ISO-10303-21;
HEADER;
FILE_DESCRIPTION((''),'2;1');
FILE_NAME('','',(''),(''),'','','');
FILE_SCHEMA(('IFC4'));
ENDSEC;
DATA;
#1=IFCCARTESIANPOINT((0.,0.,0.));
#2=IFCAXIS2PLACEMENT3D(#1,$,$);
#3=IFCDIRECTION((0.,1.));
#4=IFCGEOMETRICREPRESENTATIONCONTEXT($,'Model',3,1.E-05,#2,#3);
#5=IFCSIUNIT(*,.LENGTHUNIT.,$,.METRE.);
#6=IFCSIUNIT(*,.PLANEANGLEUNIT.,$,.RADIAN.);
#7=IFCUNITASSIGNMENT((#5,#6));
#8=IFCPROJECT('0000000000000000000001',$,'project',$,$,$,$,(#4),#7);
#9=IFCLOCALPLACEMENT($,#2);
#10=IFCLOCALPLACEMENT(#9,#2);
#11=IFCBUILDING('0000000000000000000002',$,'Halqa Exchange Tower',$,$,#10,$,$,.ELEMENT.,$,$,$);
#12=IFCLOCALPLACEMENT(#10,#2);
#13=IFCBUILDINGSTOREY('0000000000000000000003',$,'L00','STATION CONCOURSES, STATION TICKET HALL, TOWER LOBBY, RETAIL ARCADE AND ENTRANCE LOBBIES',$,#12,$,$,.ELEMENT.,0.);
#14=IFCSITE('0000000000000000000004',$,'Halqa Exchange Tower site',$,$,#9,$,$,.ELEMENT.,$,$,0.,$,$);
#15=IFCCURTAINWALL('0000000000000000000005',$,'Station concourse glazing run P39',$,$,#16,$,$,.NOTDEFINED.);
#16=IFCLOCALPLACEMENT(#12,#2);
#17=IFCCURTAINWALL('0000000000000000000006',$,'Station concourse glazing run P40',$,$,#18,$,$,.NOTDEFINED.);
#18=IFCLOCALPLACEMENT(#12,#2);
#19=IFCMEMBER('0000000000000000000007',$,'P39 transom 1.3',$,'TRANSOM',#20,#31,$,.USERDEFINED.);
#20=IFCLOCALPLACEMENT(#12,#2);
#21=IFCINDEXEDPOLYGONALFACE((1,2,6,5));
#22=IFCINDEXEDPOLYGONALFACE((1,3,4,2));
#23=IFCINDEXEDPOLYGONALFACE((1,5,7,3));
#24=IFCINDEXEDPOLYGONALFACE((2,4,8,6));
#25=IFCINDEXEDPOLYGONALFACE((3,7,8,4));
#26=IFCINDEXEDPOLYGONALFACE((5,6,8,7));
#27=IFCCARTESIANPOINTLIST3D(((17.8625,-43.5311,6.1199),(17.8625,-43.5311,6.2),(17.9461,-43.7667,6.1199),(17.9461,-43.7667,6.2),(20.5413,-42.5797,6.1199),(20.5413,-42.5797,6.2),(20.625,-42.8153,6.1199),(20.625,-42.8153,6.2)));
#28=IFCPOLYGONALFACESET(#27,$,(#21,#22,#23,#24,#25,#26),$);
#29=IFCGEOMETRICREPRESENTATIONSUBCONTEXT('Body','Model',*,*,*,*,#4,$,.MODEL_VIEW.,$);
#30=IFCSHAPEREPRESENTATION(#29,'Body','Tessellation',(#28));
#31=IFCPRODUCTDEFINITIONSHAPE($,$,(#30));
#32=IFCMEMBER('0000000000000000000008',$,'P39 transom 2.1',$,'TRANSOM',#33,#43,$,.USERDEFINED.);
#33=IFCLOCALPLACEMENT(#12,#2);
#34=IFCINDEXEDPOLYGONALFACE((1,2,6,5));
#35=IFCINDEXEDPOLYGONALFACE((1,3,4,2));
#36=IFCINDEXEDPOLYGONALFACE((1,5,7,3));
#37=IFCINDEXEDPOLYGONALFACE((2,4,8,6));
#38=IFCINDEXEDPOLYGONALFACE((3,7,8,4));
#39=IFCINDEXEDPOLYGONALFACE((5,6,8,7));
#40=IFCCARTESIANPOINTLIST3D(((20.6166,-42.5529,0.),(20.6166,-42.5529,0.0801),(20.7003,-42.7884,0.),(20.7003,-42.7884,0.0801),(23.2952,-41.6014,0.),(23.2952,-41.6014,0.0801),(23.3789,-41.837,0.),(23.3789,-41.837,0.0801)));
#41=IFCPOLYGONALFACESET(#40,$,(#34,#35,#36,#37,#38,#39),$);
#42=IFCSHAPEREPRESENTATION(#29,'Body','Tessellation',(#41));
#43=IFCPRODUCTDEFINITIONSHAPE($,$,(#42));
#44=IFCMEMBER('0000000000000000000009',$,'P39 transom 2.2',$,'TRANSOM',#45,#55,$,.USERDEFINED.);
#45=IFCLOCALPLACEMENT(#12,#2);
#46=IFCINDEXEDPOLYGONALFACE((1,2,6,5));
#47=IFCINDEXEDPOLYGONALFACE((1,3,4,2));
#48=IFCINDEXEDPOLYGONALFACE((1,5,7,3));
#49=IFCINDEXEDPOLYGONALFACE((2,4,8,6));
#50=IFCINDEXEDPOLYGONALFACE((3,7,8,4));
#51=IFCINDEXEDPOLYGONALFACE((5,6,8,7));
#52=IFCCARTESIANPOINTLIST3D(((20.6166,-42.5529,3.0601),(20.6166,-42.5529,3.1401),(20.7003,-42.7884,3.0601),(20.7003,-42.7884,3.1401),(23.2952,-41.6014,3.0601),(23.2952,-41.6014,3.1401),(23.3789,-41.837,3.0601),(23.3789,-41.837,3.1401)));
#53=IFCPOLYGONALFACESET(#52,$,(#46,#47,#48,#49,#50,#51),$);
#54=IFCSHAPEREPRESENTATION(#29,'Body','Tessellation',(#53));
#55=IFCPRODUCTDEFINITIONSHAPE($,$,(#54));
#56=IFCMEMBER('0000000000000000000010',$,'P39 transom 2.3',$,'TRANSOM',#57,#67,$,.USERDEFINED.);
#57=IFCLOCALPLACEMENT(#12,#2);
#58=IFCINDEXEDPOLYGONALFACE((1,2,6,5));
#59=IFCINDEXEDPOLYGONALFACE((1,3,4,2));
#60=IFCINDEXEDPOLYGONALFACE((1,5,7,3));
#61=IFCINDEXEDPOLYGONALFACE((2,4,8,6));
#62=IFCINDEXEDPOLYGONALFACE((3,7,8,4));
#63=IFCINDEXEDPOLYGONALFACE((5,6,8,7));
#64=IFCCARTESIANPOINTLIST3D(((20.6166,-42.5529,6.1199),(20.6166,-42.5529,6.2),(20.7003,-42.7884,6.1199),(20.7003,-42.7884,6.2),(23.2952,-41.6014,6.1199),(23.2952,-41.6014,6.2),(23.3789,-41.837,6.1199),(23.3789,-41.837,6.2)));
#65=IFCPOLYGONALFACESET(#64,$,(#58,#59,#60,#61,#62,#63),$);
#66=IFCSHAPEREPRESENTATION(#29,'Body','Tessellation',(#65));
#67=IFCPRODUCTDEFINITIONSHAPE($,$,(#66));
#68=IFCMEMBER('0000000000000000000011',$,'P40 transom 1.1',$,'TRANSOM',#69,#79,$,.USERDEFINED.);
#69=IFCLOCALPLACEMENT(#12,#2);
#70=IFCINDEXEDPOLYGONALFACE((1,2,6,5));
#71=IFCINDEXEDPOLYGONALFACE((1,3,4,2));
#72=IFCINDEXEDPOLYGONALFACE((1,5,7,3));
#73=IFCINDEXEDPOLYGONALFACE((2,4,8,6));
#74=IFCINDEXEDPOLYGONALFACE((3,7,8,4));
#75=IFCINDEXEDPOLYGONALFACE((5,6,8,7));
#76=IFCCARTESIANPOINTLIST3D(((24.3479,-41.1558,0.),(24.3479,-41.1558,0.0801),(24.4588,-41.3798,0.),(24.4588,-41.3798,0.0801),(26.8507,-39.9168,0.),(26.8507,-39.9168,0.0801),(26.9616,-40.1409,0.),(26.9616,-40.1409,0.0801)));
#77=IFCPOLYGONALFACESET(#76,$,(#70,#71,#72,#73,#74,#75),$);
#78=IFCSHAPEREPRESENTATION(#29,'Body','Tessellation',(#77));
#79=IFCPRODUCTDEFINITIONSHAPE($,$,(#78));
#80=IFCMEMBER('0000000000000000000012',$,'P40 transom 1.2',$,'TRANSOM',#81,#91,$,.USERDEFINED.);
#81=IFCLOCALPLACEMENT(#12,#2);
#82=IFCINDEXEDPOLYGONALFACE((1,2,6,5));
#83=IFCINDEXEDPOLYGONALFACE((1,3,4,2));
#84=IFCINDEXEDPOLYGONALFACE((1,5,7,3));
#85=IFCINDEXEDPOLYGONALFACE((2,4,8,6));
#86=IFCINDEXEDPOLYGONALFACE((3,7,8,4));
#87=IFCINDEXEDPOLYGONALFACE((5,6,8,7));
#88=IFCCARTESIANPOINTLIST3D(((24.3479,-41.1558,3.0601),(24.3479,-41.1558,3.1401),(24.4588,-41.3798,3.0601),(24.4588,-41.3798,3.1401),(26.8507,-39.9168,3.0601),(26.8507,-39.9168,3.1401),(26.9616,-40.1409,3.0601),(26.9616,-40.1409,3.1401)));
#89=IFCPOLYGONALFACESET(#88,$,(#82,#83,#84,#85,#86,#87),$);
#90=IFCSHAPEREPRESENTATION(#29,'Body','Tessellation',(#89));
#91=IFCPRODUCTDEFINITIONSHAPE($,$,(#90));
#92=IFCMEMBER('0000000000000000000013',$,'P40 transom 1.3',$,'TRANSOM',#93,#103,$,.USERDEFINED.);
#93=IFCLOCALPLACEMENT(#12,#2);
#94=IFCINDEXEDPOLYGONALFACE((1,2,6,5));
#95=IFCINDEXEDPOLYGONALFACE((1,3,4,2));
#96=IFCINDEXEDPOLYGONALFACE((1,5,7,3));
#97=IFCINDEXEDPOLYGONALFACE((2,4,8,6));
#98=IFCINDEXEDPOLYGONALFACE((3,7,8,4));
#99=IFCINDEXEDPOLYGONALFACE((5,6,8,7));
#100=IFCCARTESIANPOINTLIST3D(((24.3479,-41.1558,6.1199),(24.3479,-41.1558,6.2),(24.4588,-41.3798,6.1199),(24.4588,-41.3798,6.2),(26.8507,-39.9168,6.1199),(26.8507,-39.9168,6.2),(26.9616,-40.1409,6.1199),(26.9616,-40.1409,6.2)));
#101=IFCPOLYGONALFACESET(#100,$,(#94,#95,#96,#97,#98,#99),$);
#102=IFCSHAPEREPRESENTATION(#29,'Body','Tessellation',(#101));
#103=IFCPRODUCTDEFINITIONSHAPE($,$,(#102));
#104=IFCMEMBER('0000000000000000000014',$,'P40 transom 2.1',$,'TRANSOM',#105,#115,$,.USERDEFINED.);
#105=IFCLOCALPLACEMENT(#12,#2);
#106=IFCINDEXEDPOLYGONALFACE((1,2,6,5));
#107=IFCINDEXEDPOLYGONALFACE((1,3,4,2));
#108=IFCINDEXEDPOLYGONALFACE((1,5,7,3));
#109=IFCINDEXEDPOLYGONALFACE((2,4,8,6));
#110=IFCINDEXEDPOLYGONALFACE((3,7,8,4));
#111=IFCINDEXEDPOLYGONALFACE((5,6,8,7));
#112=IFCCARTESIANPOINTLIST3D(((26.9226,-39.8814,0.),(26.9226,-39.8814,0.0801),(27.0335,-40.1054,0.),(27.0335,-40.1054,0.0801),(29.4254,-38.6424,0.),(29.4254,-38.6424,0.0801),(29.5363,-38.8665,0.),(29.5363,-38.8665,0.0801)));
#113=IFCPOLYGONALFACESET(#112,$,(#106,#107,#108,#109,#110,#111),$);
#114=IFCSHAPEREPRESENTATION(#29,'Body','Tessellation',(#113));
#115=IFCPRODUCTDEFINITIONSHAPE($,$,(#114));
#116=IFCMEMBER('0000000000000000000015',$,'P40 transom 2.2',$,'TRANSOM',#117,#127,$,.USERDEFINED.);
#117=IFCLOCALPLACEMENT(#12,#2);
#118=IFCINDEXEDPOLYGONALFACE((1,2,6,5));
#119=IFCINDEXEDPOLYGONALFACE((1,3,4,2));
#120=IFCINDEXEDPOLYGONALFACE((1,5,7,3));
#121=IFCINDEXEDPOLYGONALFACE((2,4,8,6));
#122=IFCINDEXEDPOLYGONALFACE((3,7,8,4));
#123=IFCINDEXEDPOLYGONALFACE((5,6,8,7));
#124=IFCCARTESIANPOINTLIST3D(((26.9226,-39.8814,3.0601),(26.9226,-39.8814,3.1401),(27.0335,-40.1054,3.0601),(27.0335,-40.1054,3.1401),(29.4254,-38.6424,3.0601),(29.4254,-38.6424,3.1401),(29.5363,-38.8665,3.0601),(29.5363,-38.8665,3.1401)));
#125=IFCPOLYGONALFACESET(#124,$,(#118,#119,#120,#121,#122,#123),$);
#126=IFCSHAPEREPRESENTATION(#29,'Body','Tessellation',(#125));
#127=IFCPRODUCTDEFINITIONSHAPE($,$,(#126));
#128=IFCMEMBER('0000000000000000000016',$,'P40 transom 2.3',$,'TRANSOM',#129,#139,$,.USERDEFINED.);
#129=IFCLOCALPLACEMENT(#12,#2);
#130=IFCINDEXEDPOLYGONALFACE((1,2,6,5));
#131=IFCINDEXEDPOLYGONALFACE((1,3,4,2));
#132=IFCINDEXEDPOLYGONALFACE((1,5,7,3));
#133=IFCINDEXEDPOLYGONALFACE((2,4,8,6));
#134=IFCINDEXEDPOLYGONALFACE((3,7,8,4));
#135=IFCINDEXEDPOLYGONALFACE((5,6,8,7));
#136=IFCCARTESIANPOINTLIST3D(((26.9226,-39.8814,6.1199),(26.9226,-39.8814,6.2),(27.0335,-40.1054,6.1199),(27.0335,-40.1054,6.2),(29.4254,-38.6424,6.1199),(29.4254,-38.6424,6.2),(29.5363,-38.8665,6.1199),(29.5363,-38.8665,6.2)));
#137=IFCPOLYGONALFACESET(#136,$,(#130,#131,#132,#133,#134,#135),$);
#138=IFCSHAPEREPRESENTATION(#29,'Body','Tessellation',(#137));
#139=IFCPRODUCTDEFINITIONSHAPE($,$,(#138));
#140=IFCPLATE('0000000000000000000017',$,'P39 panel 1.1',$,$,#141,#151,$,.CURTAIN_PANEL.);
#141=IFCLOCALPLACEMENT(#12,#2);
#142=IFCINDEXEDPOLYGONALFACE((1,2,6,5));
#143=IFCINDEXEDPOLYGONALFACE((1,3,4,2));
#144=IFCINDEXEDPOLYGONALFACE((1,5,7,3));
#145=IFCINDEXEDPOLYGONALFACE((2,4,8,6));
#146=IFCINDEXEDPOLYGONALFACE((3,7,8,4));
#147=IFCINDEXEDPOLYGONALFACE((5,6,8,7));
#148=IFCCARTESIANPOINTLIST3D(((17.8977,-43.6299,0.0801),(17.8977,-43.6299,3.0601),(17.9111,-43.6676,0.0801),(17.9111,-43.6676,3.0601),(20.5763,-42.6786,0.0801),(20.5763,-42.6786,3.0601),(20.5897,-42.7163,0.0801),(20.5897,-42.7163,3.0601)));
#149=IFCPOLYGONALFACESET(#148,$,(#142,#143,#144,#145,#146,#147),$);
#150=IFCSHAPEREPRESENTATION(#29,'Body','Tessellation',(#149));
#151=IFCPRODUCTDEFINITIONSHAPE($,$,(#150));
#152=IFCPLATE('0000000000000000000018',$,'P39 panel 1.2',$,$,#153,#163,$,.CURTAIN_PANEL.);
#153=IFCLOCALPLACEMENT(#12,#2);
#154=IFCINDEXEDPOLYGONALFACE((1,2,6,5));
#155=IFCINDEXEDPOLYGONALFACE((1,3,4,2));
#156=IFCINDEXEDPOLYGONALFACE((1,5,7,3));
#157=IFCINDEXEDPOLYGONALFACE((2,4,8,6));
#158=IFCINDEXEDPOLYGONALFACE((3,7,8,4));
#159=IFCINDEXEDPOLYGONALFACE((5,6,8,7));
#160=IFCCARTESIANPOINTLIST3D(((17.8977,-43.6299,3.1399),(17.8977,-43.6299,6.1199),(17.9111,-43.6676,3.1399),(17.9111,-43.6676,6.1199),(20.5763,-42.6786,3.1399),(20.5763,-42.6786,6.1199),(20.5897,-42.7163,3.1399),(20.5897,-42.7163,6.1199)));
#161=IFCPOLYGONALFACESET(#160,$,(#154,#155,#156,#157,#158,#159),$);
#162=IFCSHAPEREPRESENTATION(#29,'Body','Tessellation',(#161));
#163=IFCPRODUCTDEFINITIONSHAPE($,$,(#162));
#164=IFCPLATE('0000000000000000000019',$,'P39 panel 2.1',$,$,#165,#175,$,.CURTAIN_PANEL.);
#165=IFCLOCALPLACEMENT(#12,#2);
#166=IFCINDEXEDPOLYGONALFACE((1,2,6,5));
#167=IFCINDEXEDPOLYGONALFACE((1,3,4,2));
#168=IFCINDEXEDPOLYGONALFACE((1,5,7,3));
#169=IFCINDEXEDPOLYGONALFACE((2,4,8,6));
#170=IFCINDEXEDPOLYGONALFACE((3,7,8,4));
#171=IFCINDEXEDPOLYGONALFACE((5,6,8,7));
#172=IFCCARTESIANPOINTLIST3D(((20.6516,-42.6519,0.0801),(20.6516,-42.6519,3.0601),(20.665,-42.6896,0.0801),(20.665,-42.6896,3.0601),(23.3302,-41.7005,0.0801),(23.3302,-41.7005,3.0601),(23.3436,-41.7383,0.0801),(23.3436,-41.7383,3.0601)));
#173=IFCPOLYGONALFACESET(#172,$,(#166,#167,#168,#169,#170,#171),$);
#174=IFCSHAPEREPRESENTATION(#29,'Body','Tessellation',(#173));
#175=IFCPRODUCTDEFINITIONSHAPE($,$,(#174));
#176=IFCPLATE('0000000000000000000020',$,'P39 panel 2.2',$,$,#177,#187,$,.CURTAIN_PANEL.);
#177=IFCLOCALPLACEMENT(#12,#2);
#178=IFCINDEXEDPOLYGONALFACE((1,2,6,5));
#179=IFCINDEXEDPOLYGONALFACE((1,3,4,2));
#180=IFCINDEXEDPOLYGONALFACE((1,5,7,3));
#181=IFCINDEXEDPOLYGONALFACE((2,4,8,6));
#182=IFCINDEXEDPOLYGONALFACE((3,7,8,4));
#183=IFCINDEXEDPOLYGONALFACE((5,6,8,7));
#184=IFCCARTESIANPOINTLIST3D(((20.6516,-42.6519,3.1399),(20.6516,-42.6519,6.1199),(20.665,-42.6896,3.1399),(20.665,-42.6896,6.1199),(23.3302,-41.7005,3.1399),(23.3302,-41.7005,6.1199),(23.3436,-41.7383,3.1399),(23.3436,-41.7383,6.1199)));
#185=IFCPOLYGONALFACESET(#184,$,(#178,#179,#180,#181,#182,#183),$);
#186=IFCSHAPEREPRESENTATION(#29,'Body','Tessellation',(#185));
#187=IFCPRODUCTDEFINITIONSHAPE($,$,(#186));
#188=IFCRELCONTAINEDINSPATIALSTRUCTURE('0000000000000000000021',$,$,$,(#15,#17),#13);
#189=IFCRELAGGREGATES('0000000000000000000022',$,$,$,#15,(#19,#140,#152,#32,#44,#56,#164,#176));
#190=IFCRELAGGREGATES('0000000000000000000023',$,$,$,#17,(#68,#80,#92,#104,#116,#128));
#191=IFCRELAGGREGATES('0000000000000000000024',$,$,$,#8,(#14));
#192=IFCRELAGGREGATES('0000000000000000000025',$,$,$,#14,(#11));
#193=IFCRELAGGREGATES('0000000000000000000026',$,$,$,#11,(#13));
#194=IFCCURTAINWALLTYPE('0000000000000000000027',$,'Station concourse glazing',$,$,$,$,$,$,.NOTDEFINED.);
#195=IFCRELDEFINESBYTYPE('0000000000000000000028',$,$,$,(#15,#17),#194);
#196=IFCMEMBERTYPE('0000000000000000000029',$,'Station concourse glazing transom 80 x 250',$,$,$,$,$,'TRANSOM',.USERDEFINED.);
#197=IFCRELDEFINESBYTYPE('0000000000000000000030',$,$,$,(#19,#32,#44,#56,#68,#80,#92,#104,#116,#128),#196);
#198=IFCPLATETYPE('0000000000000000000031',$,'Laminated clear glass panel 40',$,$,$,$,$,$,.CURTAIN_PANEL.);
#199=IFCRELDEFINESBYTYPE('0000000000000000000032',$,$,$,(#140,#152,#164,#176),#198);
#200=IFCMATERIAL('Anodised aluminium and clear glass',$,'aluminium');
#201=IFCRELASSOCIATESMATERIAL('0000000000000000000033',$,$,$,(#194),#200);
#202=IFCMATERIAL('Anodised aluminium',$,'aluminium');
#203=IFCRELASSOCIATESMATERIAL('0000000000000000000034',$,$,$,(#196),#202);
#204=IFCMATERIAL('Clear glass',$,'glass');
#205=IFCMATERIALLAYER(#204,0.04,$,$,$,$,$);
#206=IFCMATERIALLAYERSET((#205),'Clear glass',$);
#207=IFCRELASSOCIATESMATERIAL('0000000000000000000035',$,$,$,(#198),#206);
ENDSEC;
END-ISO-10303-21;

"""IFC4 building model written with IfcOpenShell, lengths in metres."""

from ifc_helpers import new_model, si_unit, direction, frame, origin, origin_2d, place, context, subcontext, project, spatial, rectangle, extrude, material, layer, layer_set, material_profile, profile_set, type_object, element, aggregate, save


model = new_model("IFC4")

# Units and contexts
model_context = context("Model", 3, precision=1e-05, world=origin(), true_north=direction((0.0, 1.0)))
body_context = subcontext(model_context, "Body", "Model", "MODEL_VIEW")
ifc_project = project(units=[si_unit("LENGTHUNIT", "METRE"), si_unit("PLANEANGLEUNIT", "RADIAN")], contexts=[model_context])

# Site, building, storey
site_placement = place(None, origin())
site = spatial("IfcSite", under=ifc_project, at=site_placement, Name="Halqa Exchange Tower site", CompositionType="ELEMENT", RefElevation=0.0)
building_placement = place(site_placement, origin())
building = spatial("IfcBuilding", under=site, at=building_placement, Name="Halqa Exchange Tower", CompositionType="ELEMENT")
storey_placement = place(building_placement, origin())
storey = spatial("IfcBuildingStorey", under=building, at=storey_placement, Name="L00", Description="STATION CONCOURSES, STATION TICKET HALL, TOWER LOBBY, RETAIL ARCADE AND ENTRANCE LOBBIES", CompositionType="ELEMENT", Elevation=0.0)

# Curtain walls
ifc_material_1 = material(Name="Anodised aluminium and clear glass", Category="aluminium")
curtain_wall_type = type_object("IfcCurtainWallType", Name="Station concourse glazing", PredefinedType="NOTDEFINED", material=ifc_material_1)
curtain_wall_1_placement = place(storey_placement, origin())
curtain_wall_1 = element("IfcCurtainWall", 1, at=curtain_wall_1_placement, inside=storey, type_object=curtain_wall_type, Name="Station concourse glazing run P39", PredefinedType="NOTDEFINED")
ifc_material_2 = material(Name="Anodised aluminium", Category="aluminium")
curtain_wall_2_placement = place(storey_placement, origin())
curtain_wall_2 = element("IfcCurtainWall", 2, at=curtain_wall_2_placement, inside=storey, type_object=curtain_wall_type, Name="Station concourse glazing run P40", PredefinedType="NOTDEFINED")

# Members
ifc_material_profile_1 = material_profile(ifc_material_2, rectangle(XDim=0.25, YDim=0.0801, at=origin_2d()), Name="AL 80x250")
ifc_profile_set_1 = profile_set([ifc_material_profile_1], Name="Anodised aluminium")
member_type_1 = type_object("IfcMemberType", Name="Station concourse glazing transom 80 x 250", ElementType="TRANSOM", PredefinedType="USERDEFINED", material=ifc_profile_set_1)
member_1_placement = place(storey_placement, frame((17.9043, -43.6489, 6.1599), z_axis=(0.942327, 0.334693, 0.0), x_axis=(-0.334693, 0.942327, 0.0)))
member_1 = element("IfcMember", 3, at=member_1_placement, type_object=member_type_1, Name="P39 transom 1.3", ObjectType="TRANSOM", PredefinedType="USERDEFINED", context=body_context, shape_type="SweptSolid", body=[
    extrude(rectangle(XDim=0.25, YDim=0.0801, at=origin_2d()), origin(), (0.0, 0.0, 1.0), 2.8428),
])
member_2_placement = place(storey_placement, frame((20.6584, -42.6707, 0.04), z_axis=(0.942318, 0.33472, 0.0), x_axis=(-0.33472, 0.942318, 0.0)))
member_2 = element("IfcMember", 4, at=member_2_placement, type_object=member_type_1, Name="P39 transom 2.1", ObjectType="TRANSOM", PredefinedType="USERDEFINED", context=body_context, shape_type="SweptSolid", body=[
    extrude(rectangle(XDim=0.25, YDim=0.0801, at=origin_2d()), origin(), (0.0, 0.0, 1.0), 2.8425),
])
member_3_placement = place(storey_placement, frame((20.6584, -42.6707, 3.1001), z_axis=(0.942318, 0.33472, 0.0), x_axis=(-0.33472, 0.942318, 0.0)))
member_3 = element("IfcMember", 5, at=member_3_placement, type_object=member_type_1, Name="P39 transom 2.2", ObjectType="TRANSOM", PredefinedType="USERDEFINED", context=body_context, shape_type="SweptSolid", body=[
    extrude(rectangle(XDim=0.25, YDim=0.0801, at=origin_2d()), origin(), (0.0, 0.0, 1.0), 2.8425),
])
member_4_placement = place(storey_placement, frame((20.6584, -42.6707, 6.1599), z_axis=(0.942318, 0.33472, 0.0), x_axis=(-0.33472, 0.942318, 0.0)))
member_4 = element("IfcMember", 6, at=member_4_placement, type_object=member_type_1, Name="P39 transom 2.3", ObjectType="TRANSOM", PredefinedType="USERDEFINED", context=body_context, shape_type="SweptSolid", body=[
    extrude(rectangle(XDim=0.25, YDim=0.0801, at=origin_2d()), origin(), (0.0, 0.0, 1.0), 2.8425),
])
member_5_placement = place(storey_placement, frame((24.4033, -41.2678, 0.04), z_axis=(0.896203, 0.443643, 0.0), x_axis=(-0.443643, 0.896203, 0.0)))
member_5 = element("IfcMember", 7, at=member_5_placement, type_object=member_type_1, Name="P40 transom 1.1", ObjectType="TRANSOM", PredefinedType="USERDEFINED", context=body_context, shape_type="SweptSolid", body=[
    extrude(rectangle(XDim=0.25, YDim=0.0801, at=origin_2d()), origin(), (0.0, 0.0, 1.0), 2.7927),
])
member_6_placement = place(storey_placement, frame((24.4033, -41.2678, 3.1001), z_axis=(0.896203, 0.443643, 0.0), x_axis=(-0.443643, 0.896203, 0.0)))
member_6 = element("IfcMember", 8, at=member_6_placement, type_object=member_type_1, Name="P40 transom 1.2", ObjectType="TRANSOM", PredefinedType="USERDEFINED", context=body_context, shape_type="SweptSolid", body=[
    extrude(rectangle(XDim=0.25, YDim=0.0801, at=origin_2d()), origin(), (0.0, 0.0, 1.0), 2.7927),
])
member_7_placement = place(storey_placement, frame((24.4033, -41.2678, 6.1599), z_axis=(0.896203, 0.443643, 0.0), x_axis=(-0.443643, 0.896203, 0.0)))
member_7 = element("IfcMember", 9, at=member_7_placement, type_object=member_type_1, Name="P40 transom 1.3", ObjectType="TRANSOM", PredefinedType="USERDEFINED", context=body_context, shape_type="SweptSolid", body=[
    extrude(rectangle(XDim=0.25, YDim=0.0801, at=origin_2d()), origin(), (0.0, 0.0, 1.0), 2.7927),
])
member_8_placement = place(storey_placement, frame((26.978, -39.9934, 0.04), z_axis=(0.896203, 0.443643, 0.0), x_axis=(-0.443643, 0.896203, 0.0)))
member_8 = element("IfcMember", 10, at=member_8_placement, type_object=member_type_1, Name="P40 transom 2.1", ObjectType="TRANSOM", PredefinedType="USERDEFINED", context=body_context, shape_type="SweptSolid", body=[
    extrude(rectangle(XDim=0.25, YDim=0.0801, at=origin_2d()), origin(), (0.0, 0.0, 1.0), 2.7927),
])
member_9_placement = place(storey_placement, frame((26.978, -39.9934, 3.1001), z_axis=(0.896203, 0.443643, 0.0), x_axis=(-0.443643, 0.896203, 0.0)))
member_9 = element("IfcMember", 11, at=member_9_placement, type_object=member_type_1, Name="P40 transom 2.2", ObjectType="TRANSOM", PredefinedType="USERDEFINED", context=body_context, shape_type="SweptSolid", body=[
    extrude(rectangle(XDim=0.25, YDim=0.0801, at=origin_2d()), origin(), (0.0, 0.0, 1.0), 2.7927),
])
member_10_placement = place(storey_placement, frame((26.978, -39.9934, 6.1599), z_axis=(0.896203, 0.443643, 0.0), x_axis=(-0.443643, 0.896203, 0.0)))
member_10 = element("IfcMember", 12, at=member_10_placement, type_object=member_type_1, Name="P40 transom 2.3", ObjectType="TRANSOM", PredefinedType="USERDEFINED", context=body_context, shape_type="SweptSolid", body=[
    extrude(rectangle(XDim=0.25, YDim=0.0801, at=origin_2d()), origin(), (0.0, 0.0, 1.0), 2.7927),
])

# Plates
ifc_material_3 = material(Name="Clear glass", Category="glass")
ifc_layer_1 = layer(ifc_material_3, 0.04)
ifc_layer_set_1 = layer_set([ifc_layer_1], Name="Clear glass")
plate_type = type_object("IfcPlateType", Name="Laminated clear glass panel 40", PredefinedType="CURTAIN_PANEL", material=ifc_layer_set_1)
plate_1_placement = place(storey_placement, frame((19.2437, -43.1731, 0.0801), z_axis=(0.0, 0.0, 1.0), x_axis=(0.942329, 0.334688, 0.0)))
plate_1 = element("IfcPlate", 13, at=plate_1_placement, type_object=plate_type, Name="P39 panel 1.1", PredefinedType="CURTAIN_PANEL", context=body_context, shape_type="SweptSolid", body=[
    extrude(rectangle(XDim=2.8425, YDim=0.04, at=origin_2d()), origin(), (0.0, 0.0, 1.0), 2.98),
])
plate_2_placement = place(storey_placement, frame((19.2437, -43.1731, 3.1399), z_axis=(0.0, 0.0, 1.0), x_axis=(0.942329, 0.334688, 0.0)))
plate_2 = element("IfcPlate", 14, at=plate_2_placement, type_object=plate_type, Name="P39 panel 1.2", PredefinedType="CURTAIN_PANEL", context=body_context, shape_type="SweptSolid", body=[
    extrude(rectangle(XDim=2.8425, YDim=0.04, at=origin_2d()), origin(), (0.0, 0.0, 1.0), 2.98),
])
plate_3_placement = place(storey_placement, frame((21.9976, -42.1951, 0.0801), z_axis=(0.0, 0.0, 1.0), x_axis=(0.942329, 0.334688, 0.0)))
plate_3 = element("IfcPlate", 15, at=plate_3_placement, type_object=plate_type, Name="P39 panel 2.1", PredefinedType="CURTAIN_PANEL", context=body_context, shape_type="SweptSolid", body=[
    extrude(rectangle(XDim=2.8425, YDim=0.04, at=origin_2d()), origin(), (0.0, 0.0, 1.0), 2.98),
])
plate_4_placement = place(storey_placement, frame((21.9976, -42.1951, 3.1399), z_axis=(0.0, 0.0, 1.0), x_axis=(0.942329, 0.334688, 0.0)))
plate_4 = element("IfcPlate", 16, at=plate_4_placement, type_object=plate_type, Name="P39 panel 2.2", PredefinedType="CURTAIN_PANEL", context=body_context, shape_type="SweptSolid", body=[
    extrude(rectangle(XDim=2.8425, YDim=0.04, at=origin_2d()), origin(), (0.0, 0.0, 1.0), 2.98),
])
aggregate(curtain_wall_1, [member_1, plate_1, plate_2, member_2, member_3, member_4, plate_3, plate_4])
aggregate(curtain_wall_2, [member_5, member_6, member_7, member_8, member_9, member_10])

save(model, "model.ifc")
